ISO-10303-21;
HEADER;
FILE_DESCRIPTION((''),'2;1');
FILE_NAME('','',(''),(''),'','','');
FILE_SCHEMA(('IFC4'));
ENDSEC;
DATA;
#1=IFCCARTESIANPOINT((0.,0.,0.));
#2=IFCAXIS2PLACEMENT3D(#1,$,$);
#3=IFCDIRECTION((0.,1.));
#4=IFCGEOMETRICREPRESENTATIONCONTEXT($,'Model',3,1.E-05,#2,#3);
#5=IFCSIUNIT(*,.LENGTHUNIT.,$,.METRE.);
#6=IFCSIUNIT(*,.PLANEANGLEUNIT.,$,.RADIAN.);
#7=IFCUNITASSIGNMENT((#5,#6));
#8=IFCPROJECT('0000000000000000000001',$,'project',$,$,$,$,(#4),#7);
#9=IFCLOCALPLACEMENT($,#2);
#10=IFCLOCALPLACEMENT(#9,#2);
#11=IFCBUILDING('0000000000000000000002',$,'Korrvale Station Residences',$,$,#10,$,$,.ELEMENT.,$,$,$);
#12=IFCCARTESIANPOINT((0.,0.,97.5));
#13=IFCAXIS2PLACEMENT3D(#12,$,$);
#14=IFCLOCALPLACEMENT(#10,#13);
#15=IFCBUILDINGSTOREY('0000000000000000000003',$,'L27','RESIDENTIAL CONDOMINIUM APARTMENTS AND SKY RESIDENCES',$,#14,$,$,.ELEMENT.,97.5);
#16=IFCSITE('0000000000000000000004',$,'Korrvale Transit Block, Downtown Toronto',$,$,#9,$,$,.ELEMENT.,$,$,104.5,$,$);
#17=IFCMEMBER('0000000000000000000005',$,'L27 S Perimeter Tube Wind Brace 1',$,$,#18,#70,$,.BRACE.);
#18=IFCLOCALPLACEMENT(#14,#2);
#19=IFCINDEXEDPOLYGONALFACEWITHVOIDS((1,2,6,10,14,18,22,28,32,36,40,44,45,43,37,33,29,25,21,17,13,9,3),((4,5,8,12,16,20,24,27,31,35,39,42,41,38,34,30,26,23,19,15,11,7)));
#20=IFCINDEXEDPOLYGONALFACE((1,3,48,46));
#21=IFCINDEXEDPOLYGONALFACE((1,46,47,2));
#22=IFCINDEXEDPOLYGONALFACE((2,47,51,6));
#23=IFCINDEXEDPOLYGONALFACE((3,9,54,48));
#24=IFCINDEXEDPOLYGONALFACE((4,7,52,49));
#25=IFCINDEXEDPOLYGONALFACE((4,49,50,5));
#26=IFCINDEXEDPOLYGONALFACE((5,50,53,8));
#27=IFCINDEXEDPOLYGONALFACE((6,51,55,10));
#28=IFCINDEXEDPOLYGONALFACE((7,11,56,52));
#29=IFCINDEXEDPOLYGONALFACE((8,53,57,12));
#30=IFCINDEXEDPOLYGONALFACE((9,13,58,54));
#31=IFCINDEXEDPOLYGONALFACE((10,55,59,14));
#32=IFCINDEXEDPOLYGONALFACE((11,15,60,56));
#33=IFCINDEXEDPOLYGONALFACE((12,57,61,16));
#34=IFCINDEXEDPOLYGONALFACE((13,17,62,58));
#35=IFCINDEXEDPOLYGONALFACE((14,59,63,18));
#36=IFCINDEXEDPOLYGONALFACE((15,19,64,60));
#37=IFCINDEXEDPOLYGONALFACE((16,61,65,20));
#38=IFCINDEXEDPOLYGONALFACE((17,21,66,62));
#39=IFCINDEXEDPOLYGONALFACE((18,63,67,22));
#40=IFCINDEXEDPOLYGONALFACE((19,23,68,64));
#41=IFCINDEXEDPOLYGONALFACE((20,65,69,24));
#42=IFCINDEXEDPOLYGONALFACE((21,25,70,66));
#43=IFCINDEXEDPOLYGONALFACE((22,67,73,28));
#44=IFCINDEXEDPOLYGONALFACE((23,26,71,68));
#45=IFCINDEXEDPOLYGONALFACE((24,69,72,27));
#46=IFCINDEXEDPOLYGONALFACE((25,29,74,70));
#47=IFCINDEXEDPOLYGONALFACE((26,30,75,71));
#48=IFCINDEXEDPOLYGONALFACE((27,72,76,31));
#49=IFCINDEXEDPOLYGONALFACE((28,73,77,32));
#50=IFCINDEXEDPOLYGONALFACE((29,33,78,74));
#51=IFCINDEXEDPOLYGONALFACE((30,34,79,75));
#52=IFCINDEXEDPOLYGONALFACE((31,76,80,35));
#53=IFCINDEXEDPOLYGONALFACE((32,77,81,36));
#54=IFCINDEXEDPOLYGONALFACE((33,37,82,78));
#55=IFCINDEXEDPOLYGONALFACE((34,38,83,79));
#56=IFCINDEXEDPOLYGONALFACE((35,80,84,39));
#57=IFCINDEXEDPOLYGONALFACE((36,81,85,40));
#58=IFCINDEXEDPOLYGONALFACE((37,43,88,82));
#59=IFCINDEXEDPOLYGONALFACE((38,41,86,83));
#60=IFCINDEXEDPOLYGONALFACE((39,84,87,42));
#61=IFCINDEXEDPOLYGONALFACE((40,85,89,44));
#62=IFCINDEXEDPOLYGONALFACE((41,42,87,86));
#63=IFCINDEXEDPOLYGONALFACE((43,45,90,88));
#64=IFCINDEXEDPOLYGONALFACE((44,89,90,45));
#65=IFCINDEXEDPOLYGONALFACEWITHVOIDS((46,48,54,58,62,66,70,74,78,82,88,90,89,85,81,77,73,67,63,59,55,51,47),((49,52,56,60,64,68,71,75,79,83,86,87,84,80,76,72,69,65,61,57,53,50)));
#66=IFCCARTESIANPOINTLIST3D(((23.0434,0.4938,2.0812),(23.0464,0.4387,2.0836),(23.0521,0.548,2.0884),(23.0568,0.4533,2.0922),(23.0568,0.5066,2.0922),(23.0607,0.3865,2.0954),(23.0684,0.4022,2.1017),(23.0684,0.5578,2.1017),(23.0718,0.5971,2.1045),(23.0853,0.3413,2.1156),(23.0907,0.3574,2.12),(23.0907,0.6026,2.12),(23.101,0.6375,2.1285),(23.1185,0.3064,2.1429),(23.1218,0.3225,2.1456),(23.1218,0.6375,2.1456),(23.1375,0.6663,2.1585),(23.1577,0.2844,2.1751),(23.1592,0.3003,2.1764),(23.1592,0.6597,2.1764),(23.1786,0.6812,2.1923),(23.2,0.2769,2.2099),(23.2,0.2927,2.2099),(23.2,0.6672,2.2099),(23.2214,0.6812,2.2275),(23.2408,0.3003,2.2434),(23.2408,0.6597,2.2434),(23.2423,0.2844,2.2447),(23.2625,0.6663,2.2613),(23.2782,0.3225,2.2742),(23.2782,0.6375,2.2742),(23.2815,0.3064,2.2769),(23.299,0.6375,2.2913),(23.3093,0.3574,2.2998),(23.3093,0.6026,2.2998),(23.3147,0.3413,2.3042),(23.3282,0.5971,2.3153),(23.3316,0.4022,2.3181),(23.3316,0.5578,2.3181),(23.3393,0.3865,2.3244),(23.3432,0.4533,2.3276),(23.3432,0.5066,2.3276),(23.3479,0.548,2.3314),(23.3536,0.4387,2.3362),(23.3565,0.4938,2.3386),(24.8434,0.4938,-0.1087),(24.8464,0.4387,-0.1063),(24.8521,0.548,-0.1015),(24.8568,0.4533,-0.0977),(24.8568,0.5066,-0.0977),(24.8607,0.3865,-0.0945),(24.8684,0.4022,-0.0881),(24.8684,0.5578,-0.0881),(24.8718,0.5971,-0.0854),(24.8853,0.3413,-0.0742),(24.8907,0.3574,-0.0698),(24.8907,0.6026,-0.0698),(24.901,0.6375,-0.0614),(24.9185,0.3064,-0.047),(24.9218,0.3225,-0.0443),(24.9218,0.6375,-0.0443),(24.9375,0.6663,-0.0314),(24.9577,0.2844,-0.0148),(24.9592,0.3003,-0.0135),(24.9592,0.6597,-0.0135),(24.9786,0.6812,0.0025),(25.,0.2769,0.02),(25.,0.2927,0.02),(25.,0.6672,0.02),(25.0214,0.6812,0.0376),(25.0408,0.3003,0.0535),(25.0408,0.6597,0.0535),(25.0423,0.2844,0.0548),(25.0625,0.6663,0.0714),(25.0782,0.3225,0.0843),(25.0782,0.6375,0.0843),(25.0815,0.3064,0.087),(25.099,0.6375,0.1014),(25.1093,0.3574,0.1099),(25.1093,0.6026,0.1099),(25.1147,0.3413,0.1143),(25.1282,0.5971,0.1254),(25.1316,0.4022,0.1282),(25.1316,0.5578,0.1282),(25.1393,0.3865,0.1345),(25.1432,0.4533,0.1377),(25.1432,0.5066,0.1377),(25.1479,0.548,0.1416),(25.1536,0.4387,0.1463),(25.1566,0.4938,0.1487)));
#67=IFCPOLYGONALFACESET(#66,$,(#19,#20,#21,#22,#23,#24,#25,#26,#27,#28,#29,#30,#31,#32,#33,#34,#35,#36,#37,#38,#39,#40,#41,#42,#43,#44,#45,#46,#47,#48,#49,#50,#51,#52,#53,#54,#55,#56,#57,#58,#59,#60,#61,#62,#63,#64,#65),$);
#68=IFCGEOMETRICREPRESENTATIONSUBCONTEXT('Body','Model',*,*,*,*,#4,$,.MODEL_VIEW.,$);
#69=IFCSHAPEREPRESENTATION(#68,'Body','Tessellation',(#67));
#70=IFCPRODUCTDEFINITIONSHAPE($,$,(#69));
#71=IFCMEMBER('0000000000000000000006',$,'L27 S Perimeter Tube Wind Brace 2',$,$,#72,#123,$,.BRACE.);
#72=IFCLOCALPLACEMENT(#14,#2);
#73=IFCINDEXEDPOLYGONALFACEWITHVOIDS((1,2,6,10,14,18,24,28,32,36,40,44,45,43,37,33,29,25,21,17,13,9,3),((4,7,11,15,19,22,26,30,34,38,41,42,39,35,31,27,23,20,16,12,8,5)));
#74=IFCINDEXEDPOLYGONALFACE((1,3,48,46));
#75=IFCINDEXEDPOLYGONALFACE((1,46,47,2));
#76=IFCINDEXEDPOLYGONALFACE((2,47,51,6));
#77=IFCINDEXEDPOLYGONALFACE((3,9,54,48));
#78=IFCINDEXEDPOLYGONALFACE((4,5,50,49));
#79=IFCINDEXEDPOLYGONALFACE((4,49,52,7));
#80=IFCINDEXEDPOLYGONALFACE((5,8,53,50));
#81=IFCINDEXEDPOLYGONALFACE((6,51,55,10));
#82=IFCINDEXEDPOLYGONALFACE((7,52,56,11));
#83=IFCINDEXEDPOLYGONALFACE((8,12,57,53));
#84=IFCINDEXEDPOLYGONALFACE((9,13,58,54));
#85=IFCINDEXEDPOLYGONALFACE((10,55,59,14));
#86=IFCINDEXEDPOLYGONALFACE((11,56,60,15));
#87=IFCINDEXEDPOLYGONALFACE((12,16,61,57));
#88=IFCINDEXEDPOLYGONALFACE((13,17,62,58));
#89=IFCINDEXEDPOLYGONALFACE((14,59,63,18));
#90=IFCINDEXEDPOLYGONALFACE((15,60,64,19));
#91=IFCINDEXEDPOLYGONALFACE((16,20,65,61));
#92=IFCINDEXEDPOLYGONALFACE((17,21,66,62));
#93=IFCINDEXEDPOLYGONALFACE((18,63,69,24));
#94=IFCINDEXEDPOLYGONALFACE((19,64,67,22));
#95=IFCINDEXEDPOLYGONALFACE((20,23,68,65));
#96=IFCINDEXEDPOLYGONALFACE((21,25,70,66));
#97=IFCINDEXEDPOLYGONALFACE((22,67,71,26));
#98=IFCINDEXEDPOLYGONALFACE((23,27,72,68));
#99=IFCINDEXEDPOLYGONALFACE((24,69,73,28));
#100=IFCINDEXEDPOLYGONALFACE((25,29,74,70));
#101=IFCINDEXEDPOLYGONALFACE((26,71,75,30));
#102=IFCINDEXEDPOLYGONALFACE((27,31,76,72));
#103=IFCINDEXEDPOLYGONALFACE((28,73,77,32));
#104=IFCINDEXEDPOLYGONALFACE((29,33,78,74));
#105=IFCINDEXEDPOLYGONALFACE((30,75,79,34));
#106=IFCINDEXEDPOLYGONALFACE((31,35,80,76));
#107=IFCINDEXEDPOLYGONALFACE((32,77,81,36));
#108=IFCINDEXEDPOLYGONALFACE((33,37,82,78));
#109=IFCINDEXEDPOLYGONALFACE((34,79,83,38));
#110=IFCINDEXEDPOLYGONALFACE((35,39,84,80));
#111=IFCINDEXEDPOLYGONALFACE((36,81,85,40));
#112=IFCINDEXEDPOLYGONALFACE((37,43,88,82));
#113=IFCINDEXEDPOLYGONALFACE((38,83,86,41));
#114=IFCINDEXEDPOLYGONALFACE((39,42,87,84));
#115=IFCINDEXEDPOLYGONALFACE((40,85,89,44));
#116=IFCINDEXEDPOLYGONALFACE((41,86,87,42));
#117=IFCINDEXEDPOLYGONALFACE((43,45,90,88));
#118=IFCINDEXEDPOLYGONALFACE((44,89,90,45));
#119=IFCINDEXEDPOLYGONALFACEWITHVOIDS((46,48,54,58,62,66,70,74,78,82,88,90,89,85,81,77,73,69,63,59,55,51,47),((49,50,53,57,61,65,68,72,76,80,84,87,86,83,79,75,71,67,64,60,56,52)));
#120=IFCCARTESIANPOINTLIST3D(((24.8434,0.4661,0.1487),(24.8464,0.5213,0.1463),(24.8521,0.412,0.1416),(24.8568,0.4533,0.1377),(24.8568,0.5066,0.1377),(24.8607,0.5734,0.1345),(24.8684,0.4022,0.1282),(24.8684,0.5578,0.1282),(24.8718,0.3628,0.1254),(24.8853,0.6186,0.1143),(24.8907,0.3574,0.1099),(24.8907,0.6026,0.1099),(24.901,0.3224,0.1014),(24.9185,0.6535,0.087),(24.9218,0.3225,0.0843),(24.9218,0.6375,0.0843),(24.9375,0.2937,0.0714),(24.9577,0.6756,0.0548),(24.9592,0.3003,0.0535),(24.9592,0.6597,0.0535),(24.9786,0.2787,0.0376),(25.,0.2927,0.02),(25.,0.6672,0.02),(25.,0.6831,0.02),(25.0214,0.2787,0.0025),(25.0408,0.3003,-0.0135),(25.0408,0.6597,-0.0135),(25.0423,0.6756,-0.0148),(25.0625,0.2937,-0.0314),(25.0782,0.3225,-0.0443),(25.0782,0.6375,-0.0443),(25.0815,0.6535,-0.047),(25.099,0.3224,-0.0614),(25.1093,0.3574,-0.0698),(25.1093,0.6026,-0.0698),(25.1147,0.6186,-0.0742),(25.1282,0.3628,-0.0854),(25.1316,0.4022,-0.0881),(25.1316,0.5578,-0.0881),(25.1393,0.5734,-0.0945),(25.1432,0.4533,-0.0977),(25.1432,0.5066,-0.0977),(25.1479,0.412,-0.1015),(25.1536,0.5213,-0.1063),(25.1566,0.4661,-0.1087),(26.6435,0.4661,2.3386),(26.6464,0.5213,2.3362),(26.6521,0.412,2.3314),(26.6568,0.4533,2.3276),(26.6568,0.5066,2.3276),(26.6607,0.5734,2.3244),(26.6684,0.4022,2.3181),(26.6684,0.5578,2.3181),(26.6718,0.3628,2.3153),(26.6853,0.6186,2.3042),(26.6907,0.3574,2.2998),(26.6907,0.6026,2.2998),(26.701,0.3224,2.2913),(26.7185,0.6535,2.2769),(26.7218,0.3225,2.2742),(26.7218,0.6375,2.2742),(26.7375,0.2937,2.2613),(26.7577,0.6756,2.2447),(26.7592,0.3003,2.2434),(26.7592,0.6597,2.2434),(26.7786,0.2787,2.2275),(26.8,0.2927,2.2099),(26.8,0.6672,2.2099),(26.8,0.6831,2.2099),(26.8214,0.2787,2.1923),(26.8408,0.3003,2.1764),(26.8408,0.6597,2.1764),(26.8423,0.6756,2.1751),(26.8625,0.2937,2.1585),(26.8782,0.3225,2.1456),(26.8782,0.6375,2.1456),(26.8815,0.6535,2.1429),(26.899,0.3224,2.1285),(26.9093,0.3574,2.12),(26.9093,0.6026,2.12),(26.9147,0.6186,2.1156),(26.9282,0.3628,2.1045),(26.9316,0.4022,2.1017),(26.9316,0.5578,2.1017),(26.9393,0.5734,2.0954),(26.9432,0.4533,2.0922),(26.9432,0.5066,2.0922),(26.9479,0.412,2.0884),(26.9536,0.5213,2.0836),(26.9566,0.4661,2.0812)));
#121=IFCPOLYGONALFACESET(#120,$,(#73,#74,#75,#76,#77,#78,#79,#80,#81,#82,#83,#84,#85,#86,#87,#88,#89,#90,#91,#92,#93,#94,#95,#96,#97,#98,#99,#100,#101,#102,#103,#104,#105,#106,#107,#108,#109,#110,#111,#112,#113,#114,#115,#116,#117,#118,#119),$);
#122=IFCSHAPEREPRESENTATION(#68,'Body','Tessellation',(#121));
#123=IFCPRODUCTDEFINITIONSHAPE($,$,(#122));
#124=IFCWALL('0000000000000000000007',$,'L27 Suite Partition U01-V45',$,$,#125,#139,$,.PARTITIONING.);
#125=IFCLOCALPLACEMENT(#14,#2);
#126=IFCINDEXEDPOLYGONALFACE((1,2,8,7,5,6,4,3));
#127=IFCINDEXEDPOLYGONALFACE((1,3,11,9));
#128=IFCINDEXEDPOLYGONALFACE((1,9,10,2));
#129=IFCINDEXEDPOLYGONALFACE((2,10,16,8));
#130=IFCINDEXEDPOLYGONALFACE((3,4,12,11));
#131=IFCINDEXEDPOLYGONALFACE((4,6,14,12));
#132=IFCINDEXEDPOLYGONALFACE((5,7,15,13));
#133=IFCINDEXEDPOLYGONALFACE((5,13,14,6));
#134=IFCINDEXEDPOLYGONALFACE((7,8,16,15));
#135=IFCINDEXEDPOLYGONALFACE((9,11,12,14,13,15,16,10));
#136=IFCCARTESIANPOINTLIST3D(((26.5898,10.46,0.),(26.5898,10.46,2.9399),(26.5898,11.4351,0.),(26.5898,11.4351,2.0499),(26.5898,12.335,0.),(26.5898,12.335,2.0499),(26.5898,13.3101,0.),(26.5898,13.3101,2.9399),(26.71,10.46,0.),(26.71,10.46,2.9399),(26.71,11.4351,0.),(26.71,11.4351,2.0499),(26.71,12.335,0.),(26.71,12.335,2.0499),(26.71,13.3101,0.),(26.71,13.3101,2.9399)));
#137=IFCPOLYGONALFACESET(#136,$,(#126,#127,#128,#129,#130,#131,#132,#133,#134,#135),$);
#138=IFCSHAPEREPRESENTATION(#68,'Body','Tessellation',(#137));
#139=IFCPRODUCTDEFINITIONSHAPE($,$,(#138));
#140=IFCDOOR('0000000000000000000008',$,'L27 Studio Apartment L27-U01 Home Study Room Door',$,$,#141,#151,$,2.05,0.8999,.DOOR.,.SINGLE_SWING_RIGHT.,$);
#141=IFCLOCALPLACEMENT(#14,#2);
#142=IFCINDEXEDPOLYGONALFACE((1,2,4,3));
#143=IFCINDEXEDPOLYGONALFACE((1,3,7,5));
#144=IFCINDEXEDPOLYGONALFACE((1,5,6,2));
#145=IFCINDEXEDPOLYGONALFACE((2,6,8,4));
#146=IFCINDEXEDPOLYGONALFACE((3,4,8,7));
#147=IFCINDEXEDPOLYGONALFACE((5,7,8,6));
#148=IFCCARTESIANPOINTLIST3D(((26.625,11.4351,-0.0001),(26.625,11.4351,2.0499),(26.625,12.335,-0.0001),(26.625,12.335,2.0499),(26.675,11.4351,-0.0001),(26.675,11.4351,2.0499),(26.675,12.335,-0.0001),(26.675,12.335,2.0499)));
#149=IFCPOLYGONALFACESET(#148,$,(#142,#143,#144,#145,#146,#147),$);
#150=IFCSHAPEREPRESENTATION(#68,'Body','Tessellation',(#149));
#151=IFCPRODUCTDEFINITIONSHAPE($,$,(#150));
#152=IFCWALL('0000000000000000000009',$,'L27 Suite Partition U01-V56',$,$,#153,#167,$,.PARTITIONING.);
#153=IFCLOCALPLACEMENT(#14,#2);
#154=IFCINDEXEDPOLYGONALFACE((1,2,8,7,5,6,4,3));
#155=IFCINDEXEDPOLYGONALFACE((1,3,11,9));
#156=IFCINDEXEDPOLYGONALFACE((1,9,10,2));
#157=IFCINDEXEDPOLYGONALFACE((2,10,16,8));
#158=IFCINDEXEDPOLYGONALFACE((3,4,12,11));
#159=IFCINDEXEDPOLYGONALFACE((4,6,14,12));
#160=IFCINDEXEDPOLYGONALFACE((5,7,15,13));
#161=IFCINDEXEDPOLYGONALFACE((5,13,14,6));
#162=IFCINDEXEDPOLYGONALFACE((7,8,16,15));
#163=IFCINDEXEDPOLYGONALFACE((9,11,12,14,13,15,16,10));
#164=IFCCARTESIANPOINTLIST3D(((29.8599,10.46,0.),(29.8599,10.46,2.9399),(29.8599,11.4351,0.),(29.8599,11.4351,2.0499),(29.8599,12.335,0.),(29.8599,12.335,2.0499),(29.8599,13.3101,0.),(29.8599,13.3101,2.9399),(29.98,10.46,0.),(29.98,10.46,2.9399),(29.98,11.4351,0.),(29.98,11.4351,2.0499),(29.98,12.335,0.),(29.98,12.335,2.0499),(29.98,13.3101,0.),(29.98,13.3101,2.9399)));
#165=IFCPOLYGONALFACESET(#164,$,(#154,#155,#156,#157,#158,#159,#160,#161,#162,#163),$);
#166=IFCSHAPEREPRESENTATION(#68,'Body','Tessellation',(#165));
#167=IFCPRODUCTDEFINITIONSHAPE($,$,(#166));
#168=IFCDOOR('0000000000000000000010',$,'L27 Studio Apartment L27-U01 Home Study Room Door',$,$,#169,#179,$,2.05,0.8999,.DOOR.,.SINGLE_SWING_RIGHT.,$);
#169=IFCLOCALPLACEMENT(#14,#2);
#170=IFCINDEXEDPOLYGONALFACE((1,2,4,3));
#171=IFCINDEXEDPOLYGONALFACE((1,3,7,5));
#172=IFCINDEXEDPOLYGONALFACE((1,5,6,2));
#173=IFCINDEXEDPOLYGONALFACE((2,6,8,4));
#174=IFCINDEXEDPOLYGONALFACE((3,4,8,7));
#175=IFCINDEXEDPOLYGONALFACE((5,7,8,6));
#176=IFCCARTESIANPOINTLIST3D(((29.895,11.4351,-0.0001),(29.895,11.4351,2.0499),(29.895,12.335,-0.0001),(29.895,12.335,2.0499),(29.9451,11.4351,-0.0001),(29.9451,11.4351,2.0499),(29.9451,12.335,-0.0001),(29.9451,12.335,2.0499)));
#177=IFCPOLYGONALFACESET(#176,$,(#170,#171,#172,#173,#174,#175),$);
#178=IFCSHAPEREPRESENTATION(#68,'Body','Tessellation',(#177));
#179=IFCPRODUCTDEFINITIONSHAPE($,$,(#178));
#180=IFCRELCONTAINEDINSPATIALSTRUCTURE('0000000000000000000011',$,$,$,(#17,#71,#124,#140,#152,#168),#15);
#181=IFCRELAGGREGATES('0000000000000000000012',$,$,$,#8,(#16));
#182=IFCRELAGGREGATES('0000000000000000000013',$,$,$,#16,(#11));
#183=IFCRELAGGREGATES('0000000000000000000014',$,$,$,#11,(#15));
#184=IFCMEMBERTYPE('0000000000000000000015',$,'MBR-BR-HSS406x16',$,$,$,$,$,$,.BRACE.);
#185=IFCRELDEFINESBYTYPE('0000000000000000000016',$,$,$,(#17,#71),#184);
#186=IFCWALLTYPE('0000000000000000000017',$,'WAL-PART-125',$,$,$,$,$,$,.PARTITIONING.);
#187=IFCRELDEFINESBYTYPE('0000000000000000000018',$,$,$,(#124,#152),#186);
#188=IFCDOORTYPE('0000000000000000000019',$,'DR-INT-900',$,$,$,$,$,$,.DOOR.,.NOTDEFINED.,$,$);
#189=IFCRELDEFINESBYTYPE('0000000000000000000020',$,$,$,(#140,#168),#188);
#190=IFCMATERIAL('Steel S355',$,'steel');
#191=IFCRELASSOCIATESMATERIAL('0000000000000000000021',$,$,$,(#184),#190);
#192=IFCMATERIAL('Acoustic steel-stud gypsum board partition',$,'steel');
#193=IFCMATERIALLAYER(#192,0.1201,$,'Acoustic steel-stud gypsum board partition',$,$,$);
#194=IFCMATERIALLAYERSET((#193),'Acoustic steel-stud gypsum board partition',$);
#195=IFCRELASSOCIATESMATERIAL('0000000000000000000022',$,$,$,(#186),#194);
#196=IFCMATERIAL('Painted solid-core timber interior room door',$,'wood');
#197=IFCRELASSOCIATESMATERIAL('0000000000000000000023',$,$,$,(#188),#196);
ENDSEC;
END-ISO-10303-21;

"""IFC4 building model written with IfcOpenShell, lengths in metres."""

from ifc_helpers import new_model, si_unit, direction, frame, frame_2d, origin, origin_2d, place, context, subcontext, project, spatial, rectangle, hollow_circle, extrude, material, layer, layer_set, material_profile, profile_set, type_object, element, fill, save


model = new_model("IFC4")

# Units and contexts
model_context = context("Model", 3, precision=1e-05, world=origin(), true_north=direction((0.0, 1.0)))
body_context = subcontext(model_context, "Body", "Model", "MODEL_VIEW")
ifc_project = project(units=[si_unit("LENGTHUNIT", "METRE"), si_unit("PLANEANGLEUNIT", "RADIAN")], contexts=[model_context])

# Site, building, storey
site_placement = place(None, origin())
site = spatial("IfcSite", under=ifc_project, at=site_placement, Name="Korrvale Transit Block, Downtown Toronto", CompositionType="ELEMENT", RefElevation=104.5)
building_placement = place(site_placement, origin())
building = spatial("IfcBuilding", under=site, at=building_placement, Name="Korrvale Station Residences", CompositionType="ELEMENT")
storey_placement = place(building_placement, frame((0.0, 0.0, 97.5)))
storey = spatial("IfcBuildingStorey", under=building, at=storey_placement, Name="L27", Description="RESIDENTIAL CONDOMINIUM APARTMENTS AND SKY RESIDENCES", CompositionType="ELEMENT", Elevation=97.5)

# Shared definitions
ifc_material_1 = material(Name="Steel S355", Category="steel")

# Members
ifc_material_profile_1 = material_profile(ifc_material_1, hollow_circle(Radius=0.2031, WallThickness=0.0159, at=origin_2d()), Name="HSS406x16")
ifc_profile_set_1 = profile_set([ifc_material_profile_1], Name="Steel S355")
member_type = type_object("IfcMemberType", Name="MBR-BR-HSS406x16", PredefinedType="BRACE", material=ifc_profile_set_1)
for number, where, z_axis, x_axis, name in (
    (1, (25.0, 0.48, 0.02), (-0.634985, 0.0, 0.772524), (0.0, -1.0, 0.0), "L27 S Perimeter Tube Wind Brace 1"),
    (2, (25.0, 0.48, 0.02), (0.634985, 0.0, 0.772524), (0.0, 1.0, 0.0), "L27 S Perimeter Tube Wind Brace 2"),
):
    element("IfcMember", number, at=place(storey_placement, frame(where, z_axis=z_axis, x_axis=x_axis)), inside=storey, type_object=member_type, Name=name, PredefinedType="BRACE", context=body_context, shape_type="SweptSolid", body=[
        extrude(hollow_circle(Radius=0.2031, WallThickness=0.0159, at=origin_2d()), origin(), (0.0, 0.0, 1.0), 2.8347),
    ])

# Walls, openings, doors
ifc_material_2 = material(Name="Acoustic steel-stud gypsum board partition", Category="steel")
ifc_layer_1 = layer(ifc_material_2, 0.1201, Name="Acoustic steel-stud gypsum board partition")
ifc_layer_set_1 = layer_set([ifc_layer_1], Name="Acoustic steel-stud gypsum board partition")
wall_type = type_object("IfcWallType", Name="WAL-PART-125", PredefinedType="PARTITIONING", material=ifc_layer_set_1)
wall_1_placement = place(storey_placement, frame((26.6499, 10.46, 0.0), z_axis=(0.0, 0.0, 1.0), x_axis=(0.0, 1.0, 0.0)))
wall_1 = element("IfcWall", 3, at=wall_1_placement, inside=storey, type_object=wall_type, Name="L27 Suite Partition U01-V45", PredefinedType="PARTITIONING", context=body_context, shape_type="SweptSolid", body=[
    extrude(rectangle(XDim=2.8501, YDim=0.1201, at=frame_2d((1.425, 0.0))), origin(), (0.0, 0.0, 1.0), 2.9399),
])
opening_1_placement = place(wall_1_placement, frame((0.9751, 0.0, 0.0)))
opening_1 = element("IfcOpeningElement", 4, at=opening_1_placement, cuts=wall_1, PredefinedType="OPENING", context=body_context, shape_type="SweptSolid", body=[
    extrude(rectangle(XDim=0.8999, YDim=2.05, at=frame_2d((0.45, 1.0249))), frame((0.0, 0.0701, 0.0), z_axis=(0.0, -1.0, 0.0), x_axis=(1.0, 0.0, 0.0)), (0.0, 0.0, 1.0), 0.1401),
])
ifc_material_3 = material(Name="Painted solid-core timber interior room door", Category="wood")
door_type = type_object("IfcDoorType", Name="DR-INT-900", OperationType="NOTDEFINED", PredefinedType="DOOR", material=ifc_material_3)
door_1_placement = place(opening_1_placement, origin())
door_1 = element("IfcDoor", 5, at=door_1_placement, inside=storey, type_object=door_type, Name="L27 Studio Apartment L27-U01 Home Study Room Door", OperationType="SINGLE_SWING_RIGHT", OverallHeight=2.05, OverallWidth=0.8999, PredefinedType="DOOR", context=body_context, shape_type="SweptSolid", body=[
    extrude(rectangle(XDim=0.8999, YDim=2.05, at=frame_2d((0.45, 1.0249))), frame((0.0, 0.0249, 0.0), z_axis=(0.0, -1.0, 0.0), x_axis=(1.0, 0.0, 0.0)), (0.0, 0.0, 1.0), 0.05),
])
fill(opening_1, door_1)
wall_2_placement = place(storey_placement, frame((29.9199, 10.46, 0.0), z_axis=(0.0, 0.0, 1.0), x_axis=(0.0, 1.0, 0.0)))
wall_2 = element("IfcWall", 6, at=wall_2_placement, inside=storey, type_object=wall_type, Name="L27 Suite Partition U01-V56", PredefinedType="PARTITIONING", context=body_context, shape_type="SweptSolid", body=[
    extrude(rectangle(XDim=2.8501, YDim=0.1201, at=frame_2d((1.425, 0.0))), origin(), (0.0, 0.0, 1.0), 2.9399),
])
opening_2_placement = place(wall_2_placement, frame((0.9751, 0.0, 0.0)))
opening_2 = element("IfcOpeningElement", 7, at=opening_2_placement, cuts=wall_2, PredefinedType="OPENING", context=body_context, shape_type="SweptSolid", body=[
    extrude(rectangle(XDim=0.8999, YDim=2.05, at=frame_2d((0.45, 1.0249))), frame((0.0, 0.0701, 0.0), z_axis=(0.0, -1.0, 0.0), x_axis=(1.0, 0.0, 0.0)), (0.0, 0.0, 1.0), 0.1401),
])
door_2_placement = place(opening_2_placement, origin())
door_2 = element("IfcDoor", 8, at=door_2_placement, inside=storey, type_object=door_type, Name="L27 Studio Apartment L27-U01 Home Study Room Door", OperationType="SINGLE_SWING_RIGHT", OverallHeight=2.05, OverallWidth=0.8999, PredefinedType="DOOR", context=body_context, shape_type="SweptSolid", body=[
    extrude(rectangle(XDim=0.8999, YDim=2.05, at=frame_2d((0.45, 1.0249))), frame((0.0, 0.0249, 0.0), z_axis=(0.0, -1.0, 0.0), x_axis=(1.0, 0.0, 0.0)), (0.0, 0.0, 1.0), 0.05),
])
fill(opening_2, door_2)

save(model, "model.ifc")
